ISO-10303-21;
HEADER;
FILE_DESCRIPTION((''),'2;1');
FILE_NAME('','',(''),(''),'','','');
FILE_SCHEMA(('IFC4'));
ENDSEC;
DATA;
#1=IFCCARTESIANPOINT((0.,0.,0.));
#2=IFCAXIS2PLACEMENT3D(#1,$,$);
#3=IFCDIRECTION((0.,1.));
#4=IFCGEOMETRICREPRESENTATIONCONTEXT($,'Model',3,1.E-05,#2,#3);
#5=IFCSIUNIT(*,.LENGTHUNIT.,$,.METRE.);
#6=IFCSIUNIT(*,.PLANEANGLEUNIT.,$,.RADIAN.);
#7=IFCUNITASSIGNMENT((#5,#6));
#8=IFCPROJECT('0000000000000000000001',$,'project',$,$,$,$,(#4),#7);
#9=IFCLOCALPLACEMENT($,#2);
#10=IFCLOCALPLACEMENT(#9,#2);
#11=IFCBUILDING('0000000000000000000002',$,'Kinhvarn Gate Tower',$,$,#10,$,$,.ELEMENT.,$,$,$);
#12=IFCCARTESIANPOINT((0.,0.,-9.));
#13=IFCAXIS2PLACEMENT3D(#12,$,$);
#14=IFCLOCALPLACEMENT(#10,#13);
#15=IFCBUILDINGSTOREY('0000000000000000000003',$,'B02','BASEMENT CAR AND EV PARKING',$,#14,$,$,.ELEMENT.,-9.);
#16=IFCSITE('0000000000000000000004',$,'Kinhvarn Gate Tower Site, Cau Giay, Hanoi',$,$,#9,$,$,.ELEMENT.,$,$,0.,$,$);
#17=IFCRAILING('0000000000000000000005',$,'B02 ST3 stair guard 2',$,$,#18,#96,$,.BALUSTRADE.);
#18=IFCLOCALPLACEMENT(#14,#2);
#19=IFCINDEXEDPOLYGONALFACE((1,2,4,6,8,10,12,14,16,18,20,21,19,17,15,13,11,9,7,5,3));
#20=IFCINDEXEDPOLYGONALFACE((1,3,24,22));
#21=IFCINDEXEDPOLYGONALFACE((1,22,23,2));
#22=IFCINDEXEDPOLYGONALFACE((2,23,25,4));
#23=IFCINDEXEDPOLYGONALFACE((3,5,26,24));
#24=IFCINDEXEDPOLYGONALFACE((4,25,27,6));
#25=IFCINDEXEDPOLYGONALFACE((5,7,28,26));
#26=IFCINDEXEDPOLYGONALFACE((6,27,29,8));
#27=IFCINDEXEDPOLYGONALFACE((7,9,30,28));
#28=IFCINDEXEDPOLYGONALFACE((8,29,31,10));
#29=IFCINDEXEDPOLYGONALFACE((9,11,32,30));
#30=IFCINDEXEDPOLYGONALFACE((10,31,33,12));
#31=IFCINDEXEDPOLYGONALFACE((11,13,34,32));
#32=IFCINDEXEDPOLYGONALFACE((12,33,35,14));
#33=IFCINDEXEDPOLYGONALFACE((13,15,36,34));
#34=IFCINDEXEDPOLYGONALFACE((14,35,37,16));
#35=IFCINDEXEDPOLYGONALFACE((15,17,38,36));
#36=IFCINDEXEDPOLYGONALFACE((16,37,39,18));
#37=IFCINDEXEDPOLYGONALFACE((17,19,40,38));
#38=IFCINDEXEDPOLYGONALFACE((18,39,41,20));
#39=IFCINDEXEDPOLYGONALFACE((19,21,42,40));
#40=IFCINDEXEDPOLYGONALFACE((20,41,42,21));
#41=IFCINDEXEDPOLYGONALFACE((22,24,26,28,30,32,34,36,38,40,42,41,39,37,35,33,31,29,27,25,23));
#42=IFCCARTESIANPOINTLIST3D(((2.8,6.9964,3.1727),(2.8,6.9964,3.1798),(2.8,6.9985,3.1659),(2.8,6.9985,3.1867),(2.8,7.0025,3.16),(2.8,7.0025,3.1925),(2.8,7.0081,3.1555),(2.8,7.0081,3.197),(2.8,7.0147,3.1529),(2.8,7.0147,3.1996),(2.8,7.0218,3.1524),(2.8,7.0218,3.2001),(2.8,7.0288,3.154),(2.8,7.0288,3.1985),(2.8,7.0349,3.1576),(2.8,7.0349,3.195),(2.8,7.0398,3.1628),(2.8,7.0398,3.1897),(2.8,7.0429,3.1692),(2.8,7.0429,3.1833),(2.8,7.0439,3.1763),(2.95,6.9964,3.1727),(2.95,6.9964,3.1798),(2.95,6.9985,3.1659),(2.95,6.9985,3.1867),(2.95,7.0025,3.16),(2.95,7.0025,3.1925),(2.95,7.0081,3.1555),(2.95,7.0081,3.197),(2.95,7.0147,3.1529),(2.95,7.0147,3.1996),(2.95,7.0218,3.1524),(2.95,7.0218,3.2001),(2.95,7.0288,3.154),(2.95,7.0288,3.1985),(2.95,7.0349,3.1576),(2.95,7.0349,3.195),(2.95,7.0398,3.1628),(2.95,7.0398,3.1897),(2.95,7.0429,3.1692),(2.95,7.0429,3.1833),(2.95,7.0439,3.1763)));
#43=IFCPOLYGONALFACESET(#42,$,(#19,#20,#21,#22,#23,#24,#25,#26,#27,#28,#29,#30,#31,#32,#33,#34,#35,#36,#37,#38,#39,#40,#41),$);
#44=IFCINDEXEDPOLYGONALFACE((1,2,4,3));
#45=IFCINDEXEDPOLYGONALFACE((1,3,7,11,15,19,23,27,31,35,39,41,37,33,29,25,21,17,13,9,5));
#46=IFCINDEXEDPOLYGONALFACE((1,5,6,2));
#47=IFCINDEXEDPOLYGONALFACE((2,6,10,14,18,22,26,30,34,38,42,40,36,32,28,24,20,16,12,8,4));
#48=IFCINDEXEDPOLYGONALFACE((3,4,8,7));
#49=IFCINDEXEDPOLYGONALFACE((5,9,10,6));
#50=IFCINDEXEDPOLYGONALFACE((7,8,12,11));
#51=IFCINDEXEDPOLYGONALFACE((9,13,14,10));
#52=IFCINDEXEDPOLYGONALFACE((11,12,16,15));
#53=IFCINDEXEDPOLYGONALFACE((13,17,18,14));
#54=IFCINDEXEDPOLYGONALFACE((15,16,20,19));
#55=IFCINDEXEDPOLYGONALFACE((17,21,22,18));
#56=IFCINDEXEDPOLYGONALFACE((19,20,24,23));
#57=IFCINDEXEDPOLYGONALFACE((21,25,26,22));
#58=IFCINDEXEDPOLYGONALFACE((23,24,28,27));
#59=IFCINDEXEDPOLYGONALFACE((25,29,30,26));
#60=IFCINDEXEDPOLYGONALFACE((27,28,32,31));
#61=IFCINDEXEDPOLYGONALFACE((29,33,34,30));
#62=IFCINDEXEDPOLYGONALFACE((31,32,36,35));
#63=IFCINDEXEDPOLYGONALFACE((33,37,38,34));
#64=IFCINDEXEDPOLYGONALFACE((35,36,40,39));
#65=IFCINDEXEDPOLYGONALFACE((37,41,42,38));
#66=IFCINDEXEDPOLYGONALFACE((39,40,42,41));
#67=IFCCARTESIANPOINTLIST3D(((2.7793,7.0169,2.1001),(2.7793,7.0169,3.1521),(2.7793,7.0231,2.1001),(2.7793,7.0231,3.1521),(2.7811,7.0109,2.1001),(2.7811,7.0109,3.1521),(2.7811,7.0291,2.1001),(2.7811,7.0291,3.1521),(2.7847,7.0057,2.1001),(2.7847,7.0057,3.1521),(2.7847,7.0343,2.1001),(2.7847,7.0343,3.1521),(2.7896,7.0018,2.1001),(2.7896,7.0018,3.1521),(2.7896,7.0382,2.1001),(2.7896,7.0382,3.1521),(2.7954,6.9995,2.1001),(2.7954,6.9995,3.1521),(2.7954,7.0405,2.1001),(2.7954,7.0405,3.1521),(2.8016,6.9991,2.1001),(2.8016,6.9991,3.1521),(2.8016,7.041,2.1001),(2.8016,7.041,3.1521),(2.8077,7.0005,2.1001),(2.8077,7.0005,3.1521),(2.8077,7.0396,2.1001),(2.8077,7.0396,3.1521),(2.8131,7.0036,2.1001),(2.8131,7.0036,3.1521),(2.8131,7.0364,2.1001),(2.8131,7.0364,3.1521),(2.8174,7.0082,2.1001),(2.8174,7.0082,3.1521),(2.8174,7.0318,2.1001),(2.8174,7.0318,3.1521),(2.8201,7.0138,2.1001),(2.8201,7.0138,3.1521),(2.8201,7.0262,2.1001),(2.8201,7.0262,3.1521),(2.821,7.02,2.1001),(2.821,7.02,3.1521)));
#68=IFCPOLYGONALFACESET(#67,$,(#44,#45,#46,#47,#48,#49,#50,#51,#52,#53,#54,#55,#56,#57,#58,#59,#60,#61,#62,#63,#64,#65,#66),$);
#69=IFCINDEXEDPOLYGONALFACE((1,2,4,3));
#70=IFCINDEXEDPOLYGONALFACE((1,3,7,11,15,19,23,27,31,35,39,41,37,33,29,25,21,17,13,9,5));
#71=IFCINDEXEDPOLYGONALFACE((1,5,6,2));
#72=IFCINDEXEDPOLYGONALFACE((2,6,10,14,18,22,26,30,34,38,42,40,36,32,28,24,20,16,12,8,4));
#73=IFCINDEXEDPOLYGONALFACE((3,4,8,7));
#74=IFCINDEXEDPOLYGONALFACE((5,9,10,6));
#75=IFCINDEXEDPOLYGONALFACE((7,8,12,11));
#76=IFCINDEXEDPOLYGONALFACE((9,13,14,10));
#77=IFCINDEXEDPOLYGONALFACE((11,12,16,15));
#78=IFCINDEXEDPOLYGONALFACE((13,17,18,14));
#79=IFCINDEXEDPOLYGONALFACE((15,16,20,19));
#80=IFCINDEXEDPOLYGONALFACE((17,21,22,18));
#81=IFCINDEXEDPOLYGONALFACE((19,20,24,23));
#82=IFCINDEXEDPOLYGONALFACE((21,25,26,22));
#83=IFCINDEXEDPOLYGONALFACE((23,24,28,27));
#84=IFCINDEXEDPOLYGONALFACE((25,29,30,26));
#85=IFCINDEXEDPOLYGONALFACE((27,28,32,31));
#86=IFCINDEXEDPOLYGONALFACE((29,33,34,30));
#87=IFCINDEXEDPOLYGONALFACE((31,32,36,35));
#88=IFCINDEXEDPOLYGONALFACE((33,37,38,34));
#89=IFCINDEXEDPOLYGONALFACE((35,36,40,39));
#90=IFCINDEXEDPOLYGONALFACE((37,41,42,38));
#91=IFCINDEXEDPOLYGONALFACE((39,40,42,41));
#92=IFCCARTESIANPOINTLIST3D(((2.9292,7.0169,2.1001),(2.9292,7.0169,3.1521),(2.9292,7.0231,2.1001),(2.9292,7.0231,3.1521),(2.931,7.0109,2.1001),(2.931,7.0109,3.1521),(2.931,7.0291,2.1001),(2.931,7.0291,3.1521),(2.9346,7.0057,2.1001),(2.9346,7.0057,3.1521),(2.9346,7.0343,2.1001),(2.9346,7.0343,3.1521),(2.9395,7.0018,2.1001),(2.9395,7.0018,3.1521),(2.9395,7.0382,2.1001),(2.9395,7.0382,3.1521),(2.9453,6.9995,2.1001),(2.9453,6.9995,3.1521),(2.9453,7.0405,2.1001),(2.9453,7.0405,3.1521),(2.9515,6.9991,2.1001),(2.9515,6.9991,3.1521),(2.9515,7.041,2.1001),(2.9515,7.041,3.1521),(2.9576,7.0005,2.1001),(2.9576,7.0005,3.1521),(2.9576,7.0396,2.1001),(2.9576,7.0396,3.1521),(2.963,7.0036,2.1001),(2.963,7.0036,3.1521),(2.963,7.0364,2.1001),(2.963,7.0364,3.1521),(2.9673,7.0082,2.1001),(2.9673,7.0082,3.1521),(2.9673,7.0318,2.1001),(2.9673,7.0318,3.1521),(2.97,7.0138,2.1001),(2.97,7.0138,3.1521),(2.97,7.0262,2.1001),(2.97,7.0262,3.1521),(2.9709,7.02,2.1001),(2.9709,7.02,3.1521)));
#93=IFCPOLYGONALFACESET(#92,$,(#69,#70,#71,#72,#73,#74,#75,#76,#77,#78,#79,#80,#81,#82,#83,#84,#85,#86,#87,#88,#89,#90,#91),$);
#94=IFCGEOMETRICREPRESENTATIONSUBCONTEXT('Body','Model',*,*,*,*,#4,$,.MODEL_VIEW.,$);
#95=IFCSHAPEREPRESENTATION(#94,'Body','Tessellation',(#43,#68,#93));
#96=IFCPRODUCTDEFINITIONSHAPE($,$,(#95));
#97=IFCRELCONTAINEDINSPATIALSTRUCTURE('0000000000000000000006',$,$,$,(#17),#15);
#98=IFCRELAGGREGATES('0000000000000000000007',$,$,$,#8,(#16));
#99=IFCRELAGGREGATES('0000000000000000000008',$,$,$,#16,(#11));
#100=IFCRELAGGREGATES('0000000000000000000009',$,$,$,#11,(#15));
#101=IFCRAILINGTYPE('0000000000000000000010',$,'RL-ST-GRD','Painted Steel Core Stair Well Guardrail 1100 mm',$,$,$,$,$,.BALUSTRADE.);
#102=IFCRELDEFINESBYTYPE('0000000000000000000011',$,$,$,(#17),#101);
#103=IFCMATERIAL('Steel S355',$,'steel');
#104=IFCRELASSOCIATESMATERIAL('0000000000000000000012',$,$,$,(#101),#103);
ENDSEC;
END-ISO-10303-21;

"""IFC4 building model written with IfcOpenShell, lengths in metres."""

from ifc_helpers import new_model, si_unit, direction, frame, origin, origin_2d, place, context, subcontext, project, spatial, circle, extrude, material, type_object, element, save


model = new_model("IFC4")

# Units and contexts
model_context = context("Model", 3, precision=1e-05, world=origin(), true_north=direction((0.0, 1.0)))
body_context = subcontext(model_context, "Body", "Model", "MODEL_VIEW")
ifc_project = project(units=[si_unit("LENGTHUNIT", "METRE"), si_unit("PLANEANGLEUNIT", "RADIAN")], contexts=[model_context])

# Site, building, storey
site_placement = place(None, origin())
site = spatial("IfcSite", under=ifc_project, at=site_placement, Name="Kinhvarn Gate Tower Site, Cau Giay, Hanoi", CompositionType="ELEMENT", RefElevation=0.0)
building_placement = place(site_placement, origin())
building = spatial("IfcBuilding", under=site, at=building_placement, Name="Kinhvarn Gate Tower", CompositionType="ELEMENT")
storey_placement = place(building_placement, frame((0.0, 0.0, -9.0)))
storey = spatial("IfcBuildingStorey", under=building, at=storey_placement, Name="B02", Description="BASEMENT CAR AND EV PARKING", CompositionType="ELEMENT", Elevation=-9.0)

# Shared definitions
ifc_material_1 = material(Name="Steel S355", Category="steel")

# Railing
railing_type_1 = type_object("IfcRailingType", Name="RL-ST-GRD", Description="Painted Steel Core Stair Well Guardrail 1100 mm", PredefinedType="BALUSTRADE", material=ifc_material_1)
railing_1_placement = place(storey_placement, frame((2.8, 7.02, 2.1001)))
element("IfcRailing", 1, at=railing_1_placement, inside=storey, type_object=railing_type_1, Name="B02 ST3 stair guard 2", PredefinedType="BALUSTRADE", context=body_context, shape_type="SweptSolid", body=[
    extrude(circle(Radius=0.0239, at=origin_2d()), frame((0.0, 0.0, 1.0762), z_axis=(1.0, 0.0, 0.0), x_axis=(0.0, 1.0, 0.0)), (0.0, 0.0, 1.0), 0.1499),
    extrude(circle(Radius=0.021, at=origin_2d()), origin(), (0.0, 0.0, 1.0), 1.052),
    extrude(circle(Radius=0.021, at=origin_2d()), frame((0.1499, 0.0, 0.0)), (0.0, 0.0, 1.0), 1.052),
])

save(model, "model.ifc")
